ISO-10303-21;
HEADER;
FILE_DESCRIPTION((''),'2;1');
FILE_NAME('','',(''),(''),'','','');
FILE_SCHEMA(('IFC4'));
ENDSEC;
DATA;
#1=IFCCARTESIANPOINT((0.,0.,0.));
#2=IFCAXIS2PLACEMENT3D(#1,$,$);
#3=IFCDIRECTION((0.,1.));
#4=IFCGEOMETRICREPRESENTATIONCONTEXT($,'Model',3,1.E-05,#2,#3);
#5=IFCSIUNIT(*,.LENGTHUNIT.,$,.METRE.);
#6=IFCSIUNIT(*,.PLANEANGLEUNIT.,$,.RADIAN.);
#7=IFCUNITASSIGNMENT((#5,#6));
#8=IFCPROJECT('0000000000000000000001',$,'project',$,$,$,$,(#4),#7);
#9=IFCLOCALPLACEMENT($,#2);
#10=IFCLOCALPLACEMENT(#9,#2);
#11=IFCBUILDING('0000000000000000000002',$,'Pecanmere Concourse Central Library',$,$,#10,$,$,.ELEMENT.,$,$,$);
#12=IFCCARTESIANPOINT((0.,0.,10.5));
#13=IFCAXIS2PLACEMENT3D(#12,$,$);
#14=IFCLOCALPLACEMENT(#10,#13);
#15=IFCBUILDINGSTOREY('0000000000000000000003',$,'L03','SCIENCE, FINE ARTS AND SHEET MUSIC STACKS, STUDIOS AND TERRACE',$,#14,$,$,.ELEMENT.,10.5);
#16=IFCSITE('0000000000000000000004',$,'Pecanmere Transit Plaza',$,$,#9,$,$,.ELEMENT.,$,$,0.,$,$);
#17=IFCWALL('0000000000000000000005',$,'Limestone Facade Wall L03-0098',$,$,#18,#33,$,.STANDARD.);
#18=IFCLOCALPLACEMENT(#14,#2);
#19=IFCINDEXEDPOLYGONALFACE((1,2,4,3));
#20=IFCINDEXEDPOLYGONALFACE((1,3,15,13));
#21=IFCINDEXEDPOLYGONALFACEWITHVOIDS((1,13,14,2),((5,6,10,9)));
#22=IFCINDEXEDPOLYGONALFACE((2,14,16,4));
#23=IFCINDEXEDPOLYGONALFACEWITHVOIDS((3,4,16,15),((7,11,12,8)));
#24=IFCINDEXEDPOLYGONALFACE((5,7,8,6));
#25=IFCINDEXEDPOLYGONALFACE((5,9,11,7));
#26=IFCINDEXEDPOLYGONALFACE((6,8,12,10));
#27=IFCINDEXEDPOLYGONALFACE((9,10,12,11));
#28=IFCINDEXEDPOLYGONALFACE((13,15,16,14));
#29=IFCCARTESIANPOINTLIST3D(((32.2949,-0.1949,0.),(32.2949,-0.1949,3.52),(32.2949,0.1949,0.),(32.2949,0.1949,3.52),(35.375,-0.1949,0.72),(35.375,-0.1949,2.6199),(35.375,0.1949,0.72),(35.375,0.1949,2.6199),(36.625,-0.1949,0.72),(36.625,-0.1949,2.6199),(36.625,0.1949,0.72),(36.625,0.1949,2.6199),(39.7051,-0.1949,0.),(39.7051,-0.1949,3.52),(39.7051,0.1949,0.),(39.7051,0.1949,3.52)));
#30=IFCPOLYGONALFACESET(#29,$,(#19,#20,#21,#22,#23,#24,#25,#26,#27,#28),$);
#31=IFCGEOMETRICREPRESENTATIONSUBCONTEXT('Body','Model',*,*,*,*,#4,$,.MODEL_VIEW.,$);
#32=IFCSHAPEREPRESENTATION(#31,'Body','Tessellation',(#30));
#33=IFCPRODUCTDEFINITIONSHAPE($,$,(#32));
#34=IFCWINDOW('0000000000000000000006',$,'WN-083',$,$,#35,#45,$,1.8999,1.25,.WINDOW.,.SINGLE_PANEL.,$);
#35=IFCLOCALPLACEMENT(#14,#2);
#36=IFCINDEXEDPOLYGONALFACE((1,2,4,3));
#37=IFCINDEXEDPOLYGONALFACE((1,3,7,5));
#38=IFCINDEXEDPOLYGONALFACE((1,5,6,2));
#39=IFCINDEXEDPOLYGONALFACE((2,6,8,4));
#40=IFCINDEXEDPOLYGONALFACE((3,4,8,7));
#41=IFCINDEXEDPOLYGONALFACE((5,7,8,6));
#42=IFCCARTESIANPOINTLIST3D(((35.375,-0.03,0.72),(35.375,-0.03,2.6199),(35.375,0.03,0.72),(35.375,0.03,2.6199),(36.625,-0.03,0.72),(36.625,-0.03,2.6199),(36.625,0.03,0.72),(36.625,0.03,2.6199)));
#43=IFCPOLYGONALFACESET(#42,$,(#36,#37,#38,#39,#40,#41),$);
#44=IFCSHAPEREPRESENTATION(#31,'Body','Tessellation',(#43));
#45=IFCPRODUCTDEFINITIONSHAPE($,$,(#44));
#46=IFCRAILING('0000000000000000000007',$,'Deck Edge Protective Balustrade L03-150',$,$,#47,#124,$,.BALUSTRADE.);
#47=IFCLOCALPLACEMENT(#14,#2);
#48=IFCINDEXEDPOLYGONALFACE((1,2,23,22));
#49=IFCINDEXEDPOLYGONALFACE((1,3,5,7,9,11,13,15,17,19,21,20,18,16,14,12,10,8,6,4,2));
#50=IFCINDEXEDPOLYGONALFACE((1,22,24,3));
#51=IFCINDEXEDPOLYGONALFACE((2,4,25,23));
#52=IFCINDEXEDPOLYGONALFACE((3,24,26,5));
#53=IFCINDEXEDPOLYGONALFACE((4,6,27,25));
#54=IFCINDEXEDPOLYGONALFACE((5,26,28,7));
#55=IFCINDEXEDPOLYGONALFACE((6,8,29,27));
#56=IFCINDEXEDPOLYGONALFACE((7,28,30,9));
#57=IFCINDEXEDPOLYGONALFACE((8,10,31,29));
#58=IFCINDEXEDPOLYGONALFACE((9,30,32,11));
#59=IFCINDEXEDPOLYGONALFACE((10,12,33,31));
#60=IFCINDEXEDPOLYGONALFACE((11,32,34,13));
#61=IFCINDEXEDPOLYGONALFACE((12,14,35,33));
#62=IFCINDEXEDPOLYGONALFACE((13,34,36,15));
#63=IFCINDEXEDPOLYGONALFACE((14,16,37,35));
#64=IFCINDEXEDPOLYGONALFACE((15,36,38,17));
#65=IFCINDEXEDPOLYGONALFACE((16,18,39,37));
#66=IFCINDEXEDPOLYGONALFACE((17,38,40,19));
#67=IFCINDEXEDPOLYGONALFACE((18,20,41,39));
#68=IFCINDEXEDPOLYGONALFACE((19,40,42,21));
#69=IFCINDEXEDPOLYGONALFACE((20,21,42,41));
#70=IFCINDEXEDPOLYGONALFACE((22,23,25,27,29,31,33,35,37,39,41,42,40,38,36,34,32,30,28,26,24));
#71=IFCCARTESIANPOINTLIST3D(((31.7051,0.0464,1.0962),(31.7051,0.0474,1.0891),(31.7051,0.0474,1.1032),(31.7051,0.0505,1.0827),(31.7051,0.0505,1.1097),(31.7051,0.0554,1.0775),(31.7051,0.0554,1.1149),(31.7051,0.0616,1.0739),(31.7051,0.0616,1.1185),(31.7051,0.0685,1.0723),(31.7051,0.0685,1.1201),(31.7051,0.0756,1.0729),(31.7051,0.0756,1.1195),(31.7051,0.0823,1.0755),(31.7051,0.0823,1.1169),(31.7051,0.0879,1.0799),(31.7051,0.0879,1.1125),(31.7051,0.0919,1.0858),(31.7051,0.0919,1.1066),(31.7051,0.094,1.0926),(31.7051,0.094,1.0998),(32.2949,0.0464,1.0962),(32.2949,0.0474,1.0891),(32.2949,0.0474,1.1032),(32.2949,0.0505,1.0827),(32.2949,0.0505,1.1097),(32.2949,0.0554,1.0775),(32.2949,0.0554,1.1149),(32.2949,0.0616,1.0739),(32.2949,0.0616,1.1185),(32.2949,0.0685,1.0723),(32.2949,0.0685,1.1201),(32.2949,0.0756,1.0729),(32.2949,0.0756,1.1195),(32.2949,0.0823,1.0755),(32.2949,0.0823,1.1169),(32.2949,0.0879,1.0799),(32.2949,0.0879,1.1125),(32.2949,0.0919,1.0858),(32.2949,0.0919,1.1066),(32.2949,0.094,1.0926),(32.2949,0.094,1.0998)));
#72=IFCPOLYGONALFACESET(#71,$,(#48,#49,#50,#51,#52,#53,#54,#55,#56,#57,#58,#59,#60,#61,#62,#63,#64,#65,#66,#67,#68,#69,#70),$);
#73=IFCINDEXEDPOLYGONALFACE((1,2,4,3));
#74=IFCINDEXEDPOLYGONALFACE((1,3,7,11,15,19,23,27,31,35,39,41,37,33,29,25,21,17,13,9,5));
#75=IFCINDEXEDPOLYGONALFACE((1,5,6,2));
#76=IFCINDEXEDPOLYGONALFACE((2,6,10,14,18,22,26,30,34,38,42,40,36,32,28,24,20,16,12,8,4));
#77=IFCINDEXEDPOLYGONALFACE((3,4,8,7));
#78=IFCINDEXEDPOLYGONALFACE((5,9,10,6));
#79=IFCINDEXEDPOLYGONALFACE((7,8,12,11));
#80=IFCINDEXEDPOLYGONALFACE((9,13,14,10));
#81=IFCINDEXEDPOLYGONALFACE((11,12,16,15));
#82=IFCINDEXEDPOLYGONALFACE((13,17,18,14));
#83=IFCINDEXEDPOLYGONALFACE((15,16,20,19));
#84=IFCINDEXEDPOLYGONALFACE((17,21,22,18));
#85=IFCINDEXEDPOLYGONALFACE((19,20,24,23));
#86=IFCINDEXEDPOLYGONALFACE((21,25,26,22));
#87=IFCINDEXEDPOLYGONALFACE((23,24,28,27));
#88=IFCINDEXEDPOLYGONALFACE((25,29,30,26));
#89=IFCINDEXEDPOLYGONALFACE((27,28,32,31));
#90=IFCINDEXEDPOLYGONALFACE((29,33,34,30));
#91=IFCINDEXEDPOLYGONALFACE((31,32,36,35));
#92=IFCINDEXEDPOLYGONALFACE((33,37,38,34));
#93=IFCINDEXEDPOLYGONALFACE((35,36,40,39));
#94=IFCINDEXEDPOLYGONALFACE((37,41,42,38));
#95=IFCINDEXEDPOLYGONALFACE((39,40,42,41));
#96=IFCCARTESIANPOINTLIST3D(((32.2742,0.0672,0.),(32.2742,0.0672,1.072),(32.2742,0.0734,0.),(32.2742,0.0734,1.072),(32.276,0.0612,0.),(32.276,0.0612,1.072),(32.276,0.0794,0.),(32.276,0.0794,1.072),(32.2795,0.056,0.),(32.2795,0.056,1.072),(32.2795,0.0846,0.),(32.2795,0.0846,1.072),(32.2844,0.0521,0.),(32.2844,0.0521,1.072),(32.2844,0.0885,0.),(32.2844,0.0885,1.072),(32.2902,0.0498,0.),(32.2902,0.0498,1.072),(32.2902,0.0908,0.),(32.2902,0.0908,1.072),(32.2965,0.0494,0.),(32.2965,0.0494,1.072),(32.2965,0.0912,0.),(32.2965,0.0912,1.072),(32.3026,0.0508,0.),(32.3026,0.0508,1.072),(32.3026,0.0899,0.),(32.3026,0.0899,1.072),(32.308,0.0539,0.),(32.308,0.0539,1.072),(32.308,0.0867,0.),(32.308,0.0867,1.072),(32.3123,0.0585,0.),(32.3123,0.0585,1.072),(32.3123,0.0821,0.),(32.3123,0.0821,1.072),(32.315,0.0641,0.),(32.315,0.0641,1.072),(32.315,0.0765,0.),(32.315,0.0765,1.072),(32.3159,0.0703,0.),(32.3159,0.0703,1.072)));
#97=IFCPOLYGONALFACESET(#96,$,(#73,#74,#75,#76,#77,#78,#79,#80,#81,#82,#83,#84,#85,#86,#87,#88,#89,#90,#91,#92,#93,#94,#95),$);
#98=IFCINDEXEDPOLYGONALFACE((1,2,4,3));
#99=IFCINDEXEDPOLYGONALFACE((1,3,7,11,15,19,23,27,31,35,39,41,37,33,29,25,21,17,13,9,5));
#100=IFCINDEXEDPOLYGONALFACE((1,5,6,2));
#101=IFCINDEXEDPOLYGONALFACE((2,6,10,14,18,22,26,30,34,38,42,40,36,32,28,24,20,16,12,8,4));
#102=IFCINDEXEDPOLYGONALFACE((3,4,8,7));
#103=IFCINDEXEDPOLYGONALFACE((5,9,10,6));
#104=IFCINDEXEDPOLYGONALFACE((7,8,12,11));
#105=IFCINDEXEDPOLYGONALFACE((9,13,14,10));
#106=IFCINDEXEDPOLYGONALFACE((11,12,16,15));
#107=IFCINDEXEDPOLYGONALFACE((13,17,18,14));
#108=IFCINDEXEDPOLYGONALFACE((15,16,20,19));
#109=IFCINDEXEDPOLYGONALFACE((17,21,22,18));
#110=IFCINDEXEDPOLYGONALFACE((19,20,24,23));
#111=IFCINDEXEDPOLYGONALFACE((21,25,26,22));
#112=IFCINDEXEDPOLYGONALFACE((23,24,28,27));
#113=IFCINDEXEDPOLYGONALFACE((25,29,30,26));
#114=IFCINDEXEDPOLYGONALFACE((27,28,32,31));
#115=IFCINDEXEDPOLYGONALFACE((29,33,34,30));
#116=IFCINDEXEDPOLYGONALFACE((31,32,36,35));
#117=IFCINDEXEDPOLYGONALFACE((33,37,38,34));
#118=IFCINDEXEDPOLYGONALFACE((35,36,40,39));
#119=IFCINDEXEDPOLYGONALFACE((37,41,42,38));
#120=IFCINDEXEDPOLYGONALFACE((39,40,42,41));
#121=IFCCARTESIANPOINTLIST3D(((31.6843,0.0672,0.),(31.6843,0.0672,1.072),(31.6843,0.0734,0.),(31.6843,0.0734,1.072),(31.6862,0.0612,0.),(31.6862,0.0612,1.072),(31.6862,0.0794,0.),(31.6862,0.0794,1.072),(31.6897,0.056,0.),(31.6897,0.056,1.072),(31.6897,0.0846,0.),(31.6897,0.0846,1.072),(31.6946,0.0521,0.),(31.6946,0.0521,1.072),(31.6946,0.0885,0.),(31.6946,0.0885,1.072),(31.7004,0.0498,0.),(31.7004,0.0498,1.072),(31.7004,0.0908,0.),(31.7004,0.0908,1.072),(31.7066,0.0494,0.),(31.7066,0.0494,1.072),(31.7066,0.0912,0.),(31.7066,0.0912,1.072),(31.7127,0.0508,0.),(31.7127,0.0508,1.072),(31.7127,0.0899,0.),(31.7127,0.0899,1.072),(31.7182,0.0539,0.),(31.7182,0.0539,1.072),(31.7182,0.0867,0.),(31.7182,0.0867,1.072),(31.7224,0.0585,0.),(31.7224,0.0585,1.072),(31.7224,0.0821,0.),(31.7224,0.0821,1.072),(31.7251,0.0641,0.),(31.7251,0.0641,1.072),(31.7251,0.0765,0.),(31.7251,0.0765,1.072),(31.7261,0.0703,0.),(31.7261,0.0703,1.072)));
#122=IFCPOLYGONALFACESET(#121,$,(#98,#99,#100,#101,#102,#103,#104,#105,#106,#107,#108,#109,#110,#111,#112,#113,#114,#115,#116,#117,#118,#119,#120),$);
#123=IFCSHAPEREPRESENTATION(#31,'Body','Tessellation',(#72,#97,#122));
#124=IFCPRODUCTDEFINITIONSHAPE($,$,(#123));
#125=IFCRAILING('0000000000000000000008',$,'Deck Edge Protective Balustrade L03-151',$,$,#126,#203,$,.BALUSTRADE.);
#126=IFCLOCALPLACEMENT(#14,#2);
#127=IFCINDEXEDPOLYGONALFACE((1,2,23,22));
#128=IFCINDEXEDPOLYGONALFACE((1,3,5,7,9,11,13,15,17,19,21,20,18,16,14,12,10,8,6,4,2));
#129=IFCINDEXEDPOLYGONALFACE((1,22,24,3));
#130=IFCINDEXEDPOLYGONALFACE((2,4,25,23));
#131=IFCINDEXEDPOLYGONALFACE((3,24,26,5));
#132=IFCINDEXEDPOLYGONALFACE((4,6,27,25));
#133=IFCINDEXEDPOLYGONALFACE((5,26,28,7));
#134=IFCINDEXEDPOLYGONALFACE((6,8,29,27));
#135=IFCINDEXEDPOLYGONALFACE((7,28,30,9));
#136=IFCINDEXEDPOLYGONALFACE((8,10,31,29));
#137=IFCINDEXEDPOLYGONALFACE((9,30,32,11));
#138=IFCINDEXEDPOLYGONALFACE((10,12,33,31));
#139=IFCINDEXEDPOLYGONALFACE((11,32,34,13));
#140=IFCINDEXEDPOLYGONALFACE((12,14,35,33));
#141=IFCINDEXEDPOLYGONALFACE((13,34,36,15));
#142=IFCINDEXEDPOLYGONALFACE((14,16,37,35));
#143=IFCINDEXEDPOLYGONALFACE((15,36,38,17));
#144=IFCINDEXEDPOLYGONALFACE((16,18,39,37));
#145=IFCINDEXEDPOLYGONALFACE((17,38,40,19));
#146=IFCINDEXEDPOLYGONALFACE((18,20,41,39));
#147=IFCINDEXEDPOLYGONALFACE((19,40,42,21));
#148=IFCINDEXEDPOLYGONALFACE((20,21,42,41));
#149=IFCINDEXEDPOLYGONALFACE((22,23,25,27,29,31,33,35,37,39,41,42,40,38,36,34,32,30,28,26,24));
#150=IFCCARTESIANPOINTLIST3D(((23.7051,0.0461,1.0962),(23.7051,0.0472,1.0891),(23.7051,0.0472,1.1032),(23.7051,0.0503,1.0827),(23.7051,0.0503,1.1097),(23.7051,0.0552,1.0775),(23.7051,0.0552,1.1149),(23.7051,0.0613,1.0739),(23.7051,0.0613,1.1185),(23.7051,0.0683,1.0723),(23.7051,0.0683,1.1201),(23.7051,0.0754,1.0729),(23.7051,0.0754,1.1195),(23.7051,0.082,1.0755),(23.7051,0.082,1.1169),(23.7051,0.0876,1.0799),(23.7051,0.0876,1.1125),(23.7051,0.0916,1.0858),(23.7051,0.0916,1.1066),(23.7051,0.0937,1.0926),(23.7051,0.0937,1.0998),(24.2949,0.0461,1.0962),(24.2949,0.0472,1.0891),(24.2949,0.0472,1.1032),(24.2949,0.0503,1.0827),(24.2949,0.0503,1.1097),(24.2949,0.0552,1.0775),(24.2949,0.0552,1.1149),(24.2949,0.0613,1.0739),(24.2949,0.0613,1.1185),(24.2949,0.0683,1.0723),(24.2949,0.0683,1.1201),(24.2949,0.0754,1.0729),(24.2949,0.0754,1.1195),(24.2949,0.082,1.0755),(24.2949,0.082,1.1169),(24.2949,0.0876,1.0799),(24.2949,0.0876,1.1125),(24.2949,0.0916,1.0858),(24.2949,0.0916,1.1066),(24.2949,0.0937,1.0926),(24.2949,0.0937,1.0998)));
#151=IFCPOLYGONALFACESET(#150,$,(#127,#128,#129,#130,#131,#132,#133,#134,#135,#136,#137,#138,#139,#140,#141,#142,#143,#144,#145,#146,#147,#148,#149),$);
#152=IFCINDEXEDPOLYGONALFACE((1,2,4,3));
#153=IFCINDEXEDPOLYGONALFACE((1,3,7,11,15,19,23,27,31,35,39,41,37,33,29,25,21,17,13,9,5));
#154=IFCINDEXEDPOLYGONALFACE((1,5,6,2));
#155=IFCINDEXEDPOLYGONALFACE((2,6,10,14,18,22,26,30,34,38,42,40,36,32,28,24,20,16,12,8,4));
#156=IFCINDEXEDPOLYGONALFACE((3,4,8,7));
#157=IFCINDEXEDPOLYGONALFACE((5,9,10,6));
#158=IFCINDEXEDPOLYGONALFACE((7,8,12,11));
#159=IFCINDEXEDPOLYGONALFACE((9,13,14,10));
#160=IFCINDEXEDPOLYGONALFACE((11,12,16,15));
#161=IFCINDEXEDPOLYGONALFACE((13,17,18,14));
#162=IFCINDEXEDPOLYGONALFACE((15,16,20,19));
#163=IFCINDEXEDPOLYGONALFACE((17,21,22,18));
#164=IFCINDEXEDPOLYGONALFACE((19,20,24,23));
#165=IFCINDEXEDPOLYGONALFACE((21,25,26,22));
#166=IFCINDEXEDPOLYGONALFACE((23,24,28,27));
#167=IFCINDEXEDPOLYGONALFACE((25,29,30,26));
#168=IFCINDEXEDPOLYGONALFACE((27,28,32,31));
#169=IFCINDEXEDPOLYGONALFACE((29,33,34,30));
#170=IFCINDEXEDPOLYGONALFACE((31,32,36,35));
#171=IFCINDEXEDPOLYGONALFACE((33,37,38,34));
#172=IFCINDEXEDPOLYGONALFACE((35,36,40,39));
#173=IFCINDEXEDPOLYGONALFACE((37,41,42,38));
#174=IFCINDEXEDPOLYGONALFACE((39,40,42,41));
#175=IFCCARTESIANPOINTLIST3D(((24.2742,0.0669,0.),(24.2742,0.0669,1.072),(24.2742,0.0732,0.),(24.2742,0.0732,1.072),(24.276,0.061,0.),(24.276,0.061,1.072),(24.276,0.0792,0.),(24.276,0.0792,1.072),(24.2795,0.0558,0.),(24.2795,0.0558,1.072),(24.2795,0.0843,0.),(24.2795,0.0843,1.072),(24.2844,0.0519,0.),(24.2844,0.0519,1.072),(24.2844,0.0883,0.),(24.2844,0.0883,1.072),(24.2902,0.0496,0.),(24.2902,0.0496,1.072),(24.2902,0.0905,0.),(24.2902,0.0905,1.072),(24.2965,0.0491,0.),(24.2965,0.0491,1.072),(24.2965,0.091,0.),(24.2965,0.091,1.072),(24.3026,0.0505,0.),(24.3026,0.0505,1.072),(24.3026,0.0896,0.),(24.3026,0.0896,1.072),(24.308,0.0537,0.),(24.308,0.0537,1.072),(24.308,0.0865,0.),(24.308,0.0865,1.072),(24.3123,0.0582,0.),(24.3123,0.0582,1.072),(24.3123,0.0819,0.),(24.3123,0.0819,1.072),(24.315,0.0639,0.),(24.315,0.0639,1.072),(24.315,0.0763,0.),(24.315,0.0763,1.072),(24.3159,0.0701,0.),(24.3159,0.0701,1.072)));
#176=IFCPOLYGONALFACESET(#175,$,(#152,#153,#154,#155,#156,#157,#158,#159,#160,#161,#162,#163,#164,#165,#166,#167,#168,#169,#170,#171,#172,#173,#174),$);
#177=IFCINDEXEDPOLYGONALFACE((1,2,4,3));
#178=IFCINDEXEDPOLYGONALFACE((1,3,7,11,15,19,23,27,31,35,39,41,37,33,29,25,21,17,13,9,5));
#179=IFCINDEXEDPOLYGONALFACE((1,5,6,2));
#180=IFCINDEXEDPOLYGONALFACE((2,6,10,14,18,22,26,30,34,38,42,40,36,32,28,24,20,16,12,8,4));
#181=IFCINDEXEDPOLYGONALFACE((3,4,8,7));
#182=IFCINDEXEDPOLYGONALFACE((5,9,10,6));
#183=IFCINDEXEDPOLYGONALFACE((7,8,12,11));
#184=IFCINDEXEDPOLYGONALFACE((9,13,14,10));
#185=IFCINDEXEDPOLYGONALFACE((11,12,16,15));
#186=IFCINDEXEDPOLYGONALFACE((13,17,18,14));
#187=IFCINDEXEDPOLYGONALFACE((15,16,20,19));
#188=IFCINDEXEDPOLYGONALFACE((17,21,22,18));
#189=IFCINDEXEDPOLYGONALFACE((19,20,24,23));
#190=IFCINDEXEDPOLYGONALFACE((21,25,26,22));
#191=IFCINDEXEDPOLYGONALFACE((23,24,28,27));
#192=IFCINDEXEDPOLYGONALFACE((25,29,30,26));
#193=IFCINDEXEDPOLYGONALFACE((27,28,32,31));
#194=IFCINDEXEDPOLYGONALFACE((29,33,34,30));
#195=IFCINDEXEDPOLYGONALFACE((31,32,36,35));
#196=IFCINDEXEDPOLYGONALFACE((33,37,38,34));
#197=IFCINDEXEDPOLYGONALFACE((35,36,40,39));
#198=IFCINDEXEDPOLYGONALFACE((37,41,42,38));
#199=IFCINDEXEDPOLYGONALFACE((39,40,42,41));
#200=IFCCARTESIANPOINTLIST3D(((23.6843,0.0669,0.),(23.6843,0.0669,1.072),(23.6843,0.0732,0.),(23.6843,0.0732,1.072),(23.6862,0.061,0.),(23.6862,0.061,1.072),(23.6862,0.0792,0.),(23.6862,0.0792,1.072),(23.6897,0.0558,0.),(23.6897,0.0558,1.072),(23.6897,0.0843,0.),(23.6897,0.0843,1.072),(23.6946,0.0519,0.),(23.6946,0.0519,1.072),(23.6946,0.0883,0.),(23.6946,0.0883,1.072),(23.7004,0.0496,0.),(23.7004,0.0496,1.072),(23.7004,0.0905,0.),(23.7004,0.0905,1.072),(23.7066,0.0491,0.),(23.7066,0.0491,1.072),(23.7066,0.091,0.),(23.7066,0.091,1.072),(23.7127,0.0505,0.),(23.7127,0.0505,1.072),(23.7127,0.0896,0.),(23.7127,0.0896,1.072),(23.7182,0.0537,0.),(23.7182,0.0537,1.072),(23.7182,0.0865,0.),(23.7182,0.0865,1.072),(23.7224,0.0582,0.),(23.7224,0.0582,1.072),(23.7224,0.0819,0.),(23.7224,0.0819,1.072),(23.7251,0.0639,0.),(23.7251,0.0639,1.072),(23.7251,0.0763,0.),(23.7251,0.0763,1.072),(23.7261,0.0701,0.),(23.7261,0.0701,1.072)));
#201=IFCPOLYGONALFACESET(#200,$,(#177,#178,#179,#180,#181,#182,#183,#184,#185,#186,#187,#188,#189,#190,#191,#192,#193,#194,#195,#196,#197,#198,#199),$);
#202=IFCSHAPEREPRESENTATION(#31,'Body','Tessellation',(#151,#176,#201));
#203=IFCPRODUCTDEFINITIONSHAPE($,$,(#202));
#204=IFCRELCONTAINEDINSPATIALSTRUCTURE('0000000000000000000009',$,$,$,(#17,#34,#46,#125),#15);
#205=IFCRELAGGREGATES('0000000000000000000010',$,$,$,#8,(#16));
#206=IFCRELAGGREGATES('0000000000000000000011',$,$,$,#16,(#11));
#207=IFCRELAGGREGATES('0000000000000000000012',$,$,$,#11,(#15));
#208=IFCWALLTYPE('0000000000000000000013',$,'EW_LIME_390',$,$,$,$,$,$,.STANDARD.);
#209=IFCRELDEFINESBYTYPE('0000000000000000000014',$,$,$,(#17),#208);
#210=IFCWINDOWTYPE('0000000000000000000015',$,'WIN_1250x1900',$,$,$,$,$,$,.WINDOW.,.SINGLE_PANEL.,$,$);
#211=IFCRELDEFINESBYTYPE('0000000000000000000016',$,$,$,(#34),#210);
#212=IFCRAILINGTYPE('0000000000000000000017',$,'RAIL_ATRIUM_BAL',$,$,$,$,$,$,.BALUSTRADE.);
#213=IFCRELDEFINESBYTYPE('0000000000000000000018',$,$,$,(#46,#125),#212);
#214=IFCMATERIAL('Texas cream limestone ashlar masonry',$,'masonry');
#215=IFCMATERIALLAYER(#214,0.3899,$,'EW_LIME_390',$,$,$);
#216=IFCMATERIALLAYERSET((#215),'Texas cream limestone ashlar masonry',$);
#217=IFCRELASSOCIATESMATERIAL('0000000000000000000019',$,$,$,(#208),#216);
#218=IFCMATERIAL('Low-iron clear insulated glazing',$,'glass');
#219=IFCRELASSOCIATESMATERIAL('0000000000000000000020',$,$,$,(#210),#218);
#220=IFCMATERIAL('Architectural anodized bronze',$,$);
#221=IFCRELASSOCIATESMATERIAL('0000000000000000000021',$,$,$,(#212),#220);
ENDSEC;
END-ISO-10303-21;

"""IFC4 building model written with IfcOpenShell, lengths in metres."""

from ifc_helpers import new_model, si_unit, direction, frame, frame_2d, origin, origin_2d, place, context, subcontext, project, spatial, rectangle, circle, extrude, material, layer, layer_set, type_object, element, fill, save


model = new_model("IFC4")

# Units and contexts
model_context = context("Model", 3, precision=1e-05, world=origin(), true_north=direction((0.0, 1.0)))
body_context = subcontext(model_context, "Body", "Model", "MODEL_VIEW")
ifc_project = project(units=[si_unit("LENGTHUNIT", "METRE"), si_unit("PLANEANGLEUNIT", "RADIAN")], contexts=[model_context])

# Site, building, storey
site_placement = place(None, origin())
site = spatial("IfcSite", under=ifc_project, at=site_placement, Name="Pecanmere Transit Plaza", CompositionType="ELEMENT", RefElevation=0.0)
building_placement = place(site_placement, origin())
building = spatial("IfcBuilding", under=site, at=building_placement, Name="Pecanmere Concourse Central Library", CompositionType="ELEMENT")
storey_placement = place(building_placement, frame((0.0, 0.0, 10.5)))
storey = spatial("IfcBuildingStorey", under=building, at=storey_placement, Name="L03", Description="SCIENCE, FINE ARTS AND SHEET MUSIC STACKS, STUDIOS AND TERRACE", CompositionType="ELEMENT", Elevation=10.5)

# Wall, opening, window
ifc_material_1 = material(Name="Texas cream limestone ashlar masonry", Category="masonry")
ifc_layer = layer(ifc_material_1, 0.3899, Name="EW_LIME_390")
ifc_layer_set = layer_set([ifc_layer], Name="Texas cream limestone ashlar masonry")
wall_type = type_object("IfcWallType", Name="EW_LIME_390", PredefinedType="STANDARD", material=ifc_layer_set)
wall_1_placement = place(storey_placement, frame((32.2949, 0.0, 0.0), z_axis=(0.0, 0.0, 1.0), x_axis=(1.0, 0.0, 0.0)))
wall_1 = element("IfcWall", 1, at=wall_1_placement, inside=storey, type_object=wall_type, Name="Limestone Facade Wall L03-0098", PredefinedType="STANDARD", context=body_context, shape_type="SweptSolid", body=[
    extrude(rectangle(XDim=7.4102, YDim=0.3899, at=frame_2d((3.7051, 0.0))), origin(), (0.0, 0.0, 1.0), 3.52),
])
opening_1_placement = place(wall_1_placement, frame((3.0801, 0.0, 0.72)))
opening_1 = element("IfcOpeningElement", 2, at=opening_1_placement, cuts=wall_1, PredefinedType="OPENING", context=body_context, shape_type="SweptSolid", body=[
    extrude(rectangle(XDim=1.25, YDim=1.8999, at=frame_2d((0.625, 0.95))), frame((0.0, 0.207, 0.0), z_axis=(0.0, -1.0, 0.0), x_axis=(1.0, 0.0, 0.0)), (0.0, 0.0, 1.0), 0.4138),
])
ifc_material_2 = material(Name="Low-iron clear insulated glazing", Category="glass")
window_type_1 = type_object("IfcWindowType", Name="WIN_1250x1900", PartitioningType="SINGLE_PANEL", PredefinedType="WINDOW", material=ifc_material_2)
window_1_placement = place(opening_1_placement, origin())
window_1 = element("IfcWindow", 3, at=window_1_placement, inside=storey, type_object=window_type_1, Name="WN-083", OverallHeight=1.8999, OverallWidth=1.25, PartitioningType="SINGLE_PANEL", PredefinedType="WINDOW", context=body_context, shape_type="SweptSolid", body=[
    extrude(rectangle(XDim=1.25, YDim=1.8999, at=frame_2d((0.625, 0.95))), frame((0.0, 0.03, 0.0), z_axis=(0.0, -1.0, 0.0), x_axis=(1.0, 0.0, 0.0)), (0.0, 0.0, 1.0), 0.0601),
])
fill(opening_1, window_1)

# Railings
ifc_material_3 = material(Name="Architectural anodized bronze")
railing_type = type_object("IfcRailingType", Name="RAIL_ATRIUM_BAL", PredefinedType="BALUSTRADE", material=ifc_material_3)
for number, where, name in (
    (4, (32.2949, 0.0703, 0.0), "Deck Edge Protective Balustrade L03-150"),
    (5, (24.2949, 0.0701, 0.0), "Deck Edge Protective Balustrade L03-151"),
):
    element("IfcRailing", number, at=place(storey_placement, frame(where)), inside=storey, type_object=railing_type, Name=name, PredefinedType="BALUSTRADE", context=body_context, shape_type="SweptSolid", body=[
        extrude(circle(Radius=0.0239, at=origin_2d()), frame((0.0, 0.0, 1.0962), z_axis=(-1.0, 0.0, 0.0), x_axis=(0.0, -1.0, 0.0)), (0.0, 0.0, 1.0), 0.5898),
        extrude(circle(Radius=0.021, at=origin_2d()), origin(), (0.0, 0.0, 1.0), 1.072),
        extrude(circle(Radius=0.021, at=origin_2d()), frame((-0.5898, 0.0, 0.0)), (0.0, 0.0, 1.0), 1.072),
    ])

save(model, "model.ifc")
